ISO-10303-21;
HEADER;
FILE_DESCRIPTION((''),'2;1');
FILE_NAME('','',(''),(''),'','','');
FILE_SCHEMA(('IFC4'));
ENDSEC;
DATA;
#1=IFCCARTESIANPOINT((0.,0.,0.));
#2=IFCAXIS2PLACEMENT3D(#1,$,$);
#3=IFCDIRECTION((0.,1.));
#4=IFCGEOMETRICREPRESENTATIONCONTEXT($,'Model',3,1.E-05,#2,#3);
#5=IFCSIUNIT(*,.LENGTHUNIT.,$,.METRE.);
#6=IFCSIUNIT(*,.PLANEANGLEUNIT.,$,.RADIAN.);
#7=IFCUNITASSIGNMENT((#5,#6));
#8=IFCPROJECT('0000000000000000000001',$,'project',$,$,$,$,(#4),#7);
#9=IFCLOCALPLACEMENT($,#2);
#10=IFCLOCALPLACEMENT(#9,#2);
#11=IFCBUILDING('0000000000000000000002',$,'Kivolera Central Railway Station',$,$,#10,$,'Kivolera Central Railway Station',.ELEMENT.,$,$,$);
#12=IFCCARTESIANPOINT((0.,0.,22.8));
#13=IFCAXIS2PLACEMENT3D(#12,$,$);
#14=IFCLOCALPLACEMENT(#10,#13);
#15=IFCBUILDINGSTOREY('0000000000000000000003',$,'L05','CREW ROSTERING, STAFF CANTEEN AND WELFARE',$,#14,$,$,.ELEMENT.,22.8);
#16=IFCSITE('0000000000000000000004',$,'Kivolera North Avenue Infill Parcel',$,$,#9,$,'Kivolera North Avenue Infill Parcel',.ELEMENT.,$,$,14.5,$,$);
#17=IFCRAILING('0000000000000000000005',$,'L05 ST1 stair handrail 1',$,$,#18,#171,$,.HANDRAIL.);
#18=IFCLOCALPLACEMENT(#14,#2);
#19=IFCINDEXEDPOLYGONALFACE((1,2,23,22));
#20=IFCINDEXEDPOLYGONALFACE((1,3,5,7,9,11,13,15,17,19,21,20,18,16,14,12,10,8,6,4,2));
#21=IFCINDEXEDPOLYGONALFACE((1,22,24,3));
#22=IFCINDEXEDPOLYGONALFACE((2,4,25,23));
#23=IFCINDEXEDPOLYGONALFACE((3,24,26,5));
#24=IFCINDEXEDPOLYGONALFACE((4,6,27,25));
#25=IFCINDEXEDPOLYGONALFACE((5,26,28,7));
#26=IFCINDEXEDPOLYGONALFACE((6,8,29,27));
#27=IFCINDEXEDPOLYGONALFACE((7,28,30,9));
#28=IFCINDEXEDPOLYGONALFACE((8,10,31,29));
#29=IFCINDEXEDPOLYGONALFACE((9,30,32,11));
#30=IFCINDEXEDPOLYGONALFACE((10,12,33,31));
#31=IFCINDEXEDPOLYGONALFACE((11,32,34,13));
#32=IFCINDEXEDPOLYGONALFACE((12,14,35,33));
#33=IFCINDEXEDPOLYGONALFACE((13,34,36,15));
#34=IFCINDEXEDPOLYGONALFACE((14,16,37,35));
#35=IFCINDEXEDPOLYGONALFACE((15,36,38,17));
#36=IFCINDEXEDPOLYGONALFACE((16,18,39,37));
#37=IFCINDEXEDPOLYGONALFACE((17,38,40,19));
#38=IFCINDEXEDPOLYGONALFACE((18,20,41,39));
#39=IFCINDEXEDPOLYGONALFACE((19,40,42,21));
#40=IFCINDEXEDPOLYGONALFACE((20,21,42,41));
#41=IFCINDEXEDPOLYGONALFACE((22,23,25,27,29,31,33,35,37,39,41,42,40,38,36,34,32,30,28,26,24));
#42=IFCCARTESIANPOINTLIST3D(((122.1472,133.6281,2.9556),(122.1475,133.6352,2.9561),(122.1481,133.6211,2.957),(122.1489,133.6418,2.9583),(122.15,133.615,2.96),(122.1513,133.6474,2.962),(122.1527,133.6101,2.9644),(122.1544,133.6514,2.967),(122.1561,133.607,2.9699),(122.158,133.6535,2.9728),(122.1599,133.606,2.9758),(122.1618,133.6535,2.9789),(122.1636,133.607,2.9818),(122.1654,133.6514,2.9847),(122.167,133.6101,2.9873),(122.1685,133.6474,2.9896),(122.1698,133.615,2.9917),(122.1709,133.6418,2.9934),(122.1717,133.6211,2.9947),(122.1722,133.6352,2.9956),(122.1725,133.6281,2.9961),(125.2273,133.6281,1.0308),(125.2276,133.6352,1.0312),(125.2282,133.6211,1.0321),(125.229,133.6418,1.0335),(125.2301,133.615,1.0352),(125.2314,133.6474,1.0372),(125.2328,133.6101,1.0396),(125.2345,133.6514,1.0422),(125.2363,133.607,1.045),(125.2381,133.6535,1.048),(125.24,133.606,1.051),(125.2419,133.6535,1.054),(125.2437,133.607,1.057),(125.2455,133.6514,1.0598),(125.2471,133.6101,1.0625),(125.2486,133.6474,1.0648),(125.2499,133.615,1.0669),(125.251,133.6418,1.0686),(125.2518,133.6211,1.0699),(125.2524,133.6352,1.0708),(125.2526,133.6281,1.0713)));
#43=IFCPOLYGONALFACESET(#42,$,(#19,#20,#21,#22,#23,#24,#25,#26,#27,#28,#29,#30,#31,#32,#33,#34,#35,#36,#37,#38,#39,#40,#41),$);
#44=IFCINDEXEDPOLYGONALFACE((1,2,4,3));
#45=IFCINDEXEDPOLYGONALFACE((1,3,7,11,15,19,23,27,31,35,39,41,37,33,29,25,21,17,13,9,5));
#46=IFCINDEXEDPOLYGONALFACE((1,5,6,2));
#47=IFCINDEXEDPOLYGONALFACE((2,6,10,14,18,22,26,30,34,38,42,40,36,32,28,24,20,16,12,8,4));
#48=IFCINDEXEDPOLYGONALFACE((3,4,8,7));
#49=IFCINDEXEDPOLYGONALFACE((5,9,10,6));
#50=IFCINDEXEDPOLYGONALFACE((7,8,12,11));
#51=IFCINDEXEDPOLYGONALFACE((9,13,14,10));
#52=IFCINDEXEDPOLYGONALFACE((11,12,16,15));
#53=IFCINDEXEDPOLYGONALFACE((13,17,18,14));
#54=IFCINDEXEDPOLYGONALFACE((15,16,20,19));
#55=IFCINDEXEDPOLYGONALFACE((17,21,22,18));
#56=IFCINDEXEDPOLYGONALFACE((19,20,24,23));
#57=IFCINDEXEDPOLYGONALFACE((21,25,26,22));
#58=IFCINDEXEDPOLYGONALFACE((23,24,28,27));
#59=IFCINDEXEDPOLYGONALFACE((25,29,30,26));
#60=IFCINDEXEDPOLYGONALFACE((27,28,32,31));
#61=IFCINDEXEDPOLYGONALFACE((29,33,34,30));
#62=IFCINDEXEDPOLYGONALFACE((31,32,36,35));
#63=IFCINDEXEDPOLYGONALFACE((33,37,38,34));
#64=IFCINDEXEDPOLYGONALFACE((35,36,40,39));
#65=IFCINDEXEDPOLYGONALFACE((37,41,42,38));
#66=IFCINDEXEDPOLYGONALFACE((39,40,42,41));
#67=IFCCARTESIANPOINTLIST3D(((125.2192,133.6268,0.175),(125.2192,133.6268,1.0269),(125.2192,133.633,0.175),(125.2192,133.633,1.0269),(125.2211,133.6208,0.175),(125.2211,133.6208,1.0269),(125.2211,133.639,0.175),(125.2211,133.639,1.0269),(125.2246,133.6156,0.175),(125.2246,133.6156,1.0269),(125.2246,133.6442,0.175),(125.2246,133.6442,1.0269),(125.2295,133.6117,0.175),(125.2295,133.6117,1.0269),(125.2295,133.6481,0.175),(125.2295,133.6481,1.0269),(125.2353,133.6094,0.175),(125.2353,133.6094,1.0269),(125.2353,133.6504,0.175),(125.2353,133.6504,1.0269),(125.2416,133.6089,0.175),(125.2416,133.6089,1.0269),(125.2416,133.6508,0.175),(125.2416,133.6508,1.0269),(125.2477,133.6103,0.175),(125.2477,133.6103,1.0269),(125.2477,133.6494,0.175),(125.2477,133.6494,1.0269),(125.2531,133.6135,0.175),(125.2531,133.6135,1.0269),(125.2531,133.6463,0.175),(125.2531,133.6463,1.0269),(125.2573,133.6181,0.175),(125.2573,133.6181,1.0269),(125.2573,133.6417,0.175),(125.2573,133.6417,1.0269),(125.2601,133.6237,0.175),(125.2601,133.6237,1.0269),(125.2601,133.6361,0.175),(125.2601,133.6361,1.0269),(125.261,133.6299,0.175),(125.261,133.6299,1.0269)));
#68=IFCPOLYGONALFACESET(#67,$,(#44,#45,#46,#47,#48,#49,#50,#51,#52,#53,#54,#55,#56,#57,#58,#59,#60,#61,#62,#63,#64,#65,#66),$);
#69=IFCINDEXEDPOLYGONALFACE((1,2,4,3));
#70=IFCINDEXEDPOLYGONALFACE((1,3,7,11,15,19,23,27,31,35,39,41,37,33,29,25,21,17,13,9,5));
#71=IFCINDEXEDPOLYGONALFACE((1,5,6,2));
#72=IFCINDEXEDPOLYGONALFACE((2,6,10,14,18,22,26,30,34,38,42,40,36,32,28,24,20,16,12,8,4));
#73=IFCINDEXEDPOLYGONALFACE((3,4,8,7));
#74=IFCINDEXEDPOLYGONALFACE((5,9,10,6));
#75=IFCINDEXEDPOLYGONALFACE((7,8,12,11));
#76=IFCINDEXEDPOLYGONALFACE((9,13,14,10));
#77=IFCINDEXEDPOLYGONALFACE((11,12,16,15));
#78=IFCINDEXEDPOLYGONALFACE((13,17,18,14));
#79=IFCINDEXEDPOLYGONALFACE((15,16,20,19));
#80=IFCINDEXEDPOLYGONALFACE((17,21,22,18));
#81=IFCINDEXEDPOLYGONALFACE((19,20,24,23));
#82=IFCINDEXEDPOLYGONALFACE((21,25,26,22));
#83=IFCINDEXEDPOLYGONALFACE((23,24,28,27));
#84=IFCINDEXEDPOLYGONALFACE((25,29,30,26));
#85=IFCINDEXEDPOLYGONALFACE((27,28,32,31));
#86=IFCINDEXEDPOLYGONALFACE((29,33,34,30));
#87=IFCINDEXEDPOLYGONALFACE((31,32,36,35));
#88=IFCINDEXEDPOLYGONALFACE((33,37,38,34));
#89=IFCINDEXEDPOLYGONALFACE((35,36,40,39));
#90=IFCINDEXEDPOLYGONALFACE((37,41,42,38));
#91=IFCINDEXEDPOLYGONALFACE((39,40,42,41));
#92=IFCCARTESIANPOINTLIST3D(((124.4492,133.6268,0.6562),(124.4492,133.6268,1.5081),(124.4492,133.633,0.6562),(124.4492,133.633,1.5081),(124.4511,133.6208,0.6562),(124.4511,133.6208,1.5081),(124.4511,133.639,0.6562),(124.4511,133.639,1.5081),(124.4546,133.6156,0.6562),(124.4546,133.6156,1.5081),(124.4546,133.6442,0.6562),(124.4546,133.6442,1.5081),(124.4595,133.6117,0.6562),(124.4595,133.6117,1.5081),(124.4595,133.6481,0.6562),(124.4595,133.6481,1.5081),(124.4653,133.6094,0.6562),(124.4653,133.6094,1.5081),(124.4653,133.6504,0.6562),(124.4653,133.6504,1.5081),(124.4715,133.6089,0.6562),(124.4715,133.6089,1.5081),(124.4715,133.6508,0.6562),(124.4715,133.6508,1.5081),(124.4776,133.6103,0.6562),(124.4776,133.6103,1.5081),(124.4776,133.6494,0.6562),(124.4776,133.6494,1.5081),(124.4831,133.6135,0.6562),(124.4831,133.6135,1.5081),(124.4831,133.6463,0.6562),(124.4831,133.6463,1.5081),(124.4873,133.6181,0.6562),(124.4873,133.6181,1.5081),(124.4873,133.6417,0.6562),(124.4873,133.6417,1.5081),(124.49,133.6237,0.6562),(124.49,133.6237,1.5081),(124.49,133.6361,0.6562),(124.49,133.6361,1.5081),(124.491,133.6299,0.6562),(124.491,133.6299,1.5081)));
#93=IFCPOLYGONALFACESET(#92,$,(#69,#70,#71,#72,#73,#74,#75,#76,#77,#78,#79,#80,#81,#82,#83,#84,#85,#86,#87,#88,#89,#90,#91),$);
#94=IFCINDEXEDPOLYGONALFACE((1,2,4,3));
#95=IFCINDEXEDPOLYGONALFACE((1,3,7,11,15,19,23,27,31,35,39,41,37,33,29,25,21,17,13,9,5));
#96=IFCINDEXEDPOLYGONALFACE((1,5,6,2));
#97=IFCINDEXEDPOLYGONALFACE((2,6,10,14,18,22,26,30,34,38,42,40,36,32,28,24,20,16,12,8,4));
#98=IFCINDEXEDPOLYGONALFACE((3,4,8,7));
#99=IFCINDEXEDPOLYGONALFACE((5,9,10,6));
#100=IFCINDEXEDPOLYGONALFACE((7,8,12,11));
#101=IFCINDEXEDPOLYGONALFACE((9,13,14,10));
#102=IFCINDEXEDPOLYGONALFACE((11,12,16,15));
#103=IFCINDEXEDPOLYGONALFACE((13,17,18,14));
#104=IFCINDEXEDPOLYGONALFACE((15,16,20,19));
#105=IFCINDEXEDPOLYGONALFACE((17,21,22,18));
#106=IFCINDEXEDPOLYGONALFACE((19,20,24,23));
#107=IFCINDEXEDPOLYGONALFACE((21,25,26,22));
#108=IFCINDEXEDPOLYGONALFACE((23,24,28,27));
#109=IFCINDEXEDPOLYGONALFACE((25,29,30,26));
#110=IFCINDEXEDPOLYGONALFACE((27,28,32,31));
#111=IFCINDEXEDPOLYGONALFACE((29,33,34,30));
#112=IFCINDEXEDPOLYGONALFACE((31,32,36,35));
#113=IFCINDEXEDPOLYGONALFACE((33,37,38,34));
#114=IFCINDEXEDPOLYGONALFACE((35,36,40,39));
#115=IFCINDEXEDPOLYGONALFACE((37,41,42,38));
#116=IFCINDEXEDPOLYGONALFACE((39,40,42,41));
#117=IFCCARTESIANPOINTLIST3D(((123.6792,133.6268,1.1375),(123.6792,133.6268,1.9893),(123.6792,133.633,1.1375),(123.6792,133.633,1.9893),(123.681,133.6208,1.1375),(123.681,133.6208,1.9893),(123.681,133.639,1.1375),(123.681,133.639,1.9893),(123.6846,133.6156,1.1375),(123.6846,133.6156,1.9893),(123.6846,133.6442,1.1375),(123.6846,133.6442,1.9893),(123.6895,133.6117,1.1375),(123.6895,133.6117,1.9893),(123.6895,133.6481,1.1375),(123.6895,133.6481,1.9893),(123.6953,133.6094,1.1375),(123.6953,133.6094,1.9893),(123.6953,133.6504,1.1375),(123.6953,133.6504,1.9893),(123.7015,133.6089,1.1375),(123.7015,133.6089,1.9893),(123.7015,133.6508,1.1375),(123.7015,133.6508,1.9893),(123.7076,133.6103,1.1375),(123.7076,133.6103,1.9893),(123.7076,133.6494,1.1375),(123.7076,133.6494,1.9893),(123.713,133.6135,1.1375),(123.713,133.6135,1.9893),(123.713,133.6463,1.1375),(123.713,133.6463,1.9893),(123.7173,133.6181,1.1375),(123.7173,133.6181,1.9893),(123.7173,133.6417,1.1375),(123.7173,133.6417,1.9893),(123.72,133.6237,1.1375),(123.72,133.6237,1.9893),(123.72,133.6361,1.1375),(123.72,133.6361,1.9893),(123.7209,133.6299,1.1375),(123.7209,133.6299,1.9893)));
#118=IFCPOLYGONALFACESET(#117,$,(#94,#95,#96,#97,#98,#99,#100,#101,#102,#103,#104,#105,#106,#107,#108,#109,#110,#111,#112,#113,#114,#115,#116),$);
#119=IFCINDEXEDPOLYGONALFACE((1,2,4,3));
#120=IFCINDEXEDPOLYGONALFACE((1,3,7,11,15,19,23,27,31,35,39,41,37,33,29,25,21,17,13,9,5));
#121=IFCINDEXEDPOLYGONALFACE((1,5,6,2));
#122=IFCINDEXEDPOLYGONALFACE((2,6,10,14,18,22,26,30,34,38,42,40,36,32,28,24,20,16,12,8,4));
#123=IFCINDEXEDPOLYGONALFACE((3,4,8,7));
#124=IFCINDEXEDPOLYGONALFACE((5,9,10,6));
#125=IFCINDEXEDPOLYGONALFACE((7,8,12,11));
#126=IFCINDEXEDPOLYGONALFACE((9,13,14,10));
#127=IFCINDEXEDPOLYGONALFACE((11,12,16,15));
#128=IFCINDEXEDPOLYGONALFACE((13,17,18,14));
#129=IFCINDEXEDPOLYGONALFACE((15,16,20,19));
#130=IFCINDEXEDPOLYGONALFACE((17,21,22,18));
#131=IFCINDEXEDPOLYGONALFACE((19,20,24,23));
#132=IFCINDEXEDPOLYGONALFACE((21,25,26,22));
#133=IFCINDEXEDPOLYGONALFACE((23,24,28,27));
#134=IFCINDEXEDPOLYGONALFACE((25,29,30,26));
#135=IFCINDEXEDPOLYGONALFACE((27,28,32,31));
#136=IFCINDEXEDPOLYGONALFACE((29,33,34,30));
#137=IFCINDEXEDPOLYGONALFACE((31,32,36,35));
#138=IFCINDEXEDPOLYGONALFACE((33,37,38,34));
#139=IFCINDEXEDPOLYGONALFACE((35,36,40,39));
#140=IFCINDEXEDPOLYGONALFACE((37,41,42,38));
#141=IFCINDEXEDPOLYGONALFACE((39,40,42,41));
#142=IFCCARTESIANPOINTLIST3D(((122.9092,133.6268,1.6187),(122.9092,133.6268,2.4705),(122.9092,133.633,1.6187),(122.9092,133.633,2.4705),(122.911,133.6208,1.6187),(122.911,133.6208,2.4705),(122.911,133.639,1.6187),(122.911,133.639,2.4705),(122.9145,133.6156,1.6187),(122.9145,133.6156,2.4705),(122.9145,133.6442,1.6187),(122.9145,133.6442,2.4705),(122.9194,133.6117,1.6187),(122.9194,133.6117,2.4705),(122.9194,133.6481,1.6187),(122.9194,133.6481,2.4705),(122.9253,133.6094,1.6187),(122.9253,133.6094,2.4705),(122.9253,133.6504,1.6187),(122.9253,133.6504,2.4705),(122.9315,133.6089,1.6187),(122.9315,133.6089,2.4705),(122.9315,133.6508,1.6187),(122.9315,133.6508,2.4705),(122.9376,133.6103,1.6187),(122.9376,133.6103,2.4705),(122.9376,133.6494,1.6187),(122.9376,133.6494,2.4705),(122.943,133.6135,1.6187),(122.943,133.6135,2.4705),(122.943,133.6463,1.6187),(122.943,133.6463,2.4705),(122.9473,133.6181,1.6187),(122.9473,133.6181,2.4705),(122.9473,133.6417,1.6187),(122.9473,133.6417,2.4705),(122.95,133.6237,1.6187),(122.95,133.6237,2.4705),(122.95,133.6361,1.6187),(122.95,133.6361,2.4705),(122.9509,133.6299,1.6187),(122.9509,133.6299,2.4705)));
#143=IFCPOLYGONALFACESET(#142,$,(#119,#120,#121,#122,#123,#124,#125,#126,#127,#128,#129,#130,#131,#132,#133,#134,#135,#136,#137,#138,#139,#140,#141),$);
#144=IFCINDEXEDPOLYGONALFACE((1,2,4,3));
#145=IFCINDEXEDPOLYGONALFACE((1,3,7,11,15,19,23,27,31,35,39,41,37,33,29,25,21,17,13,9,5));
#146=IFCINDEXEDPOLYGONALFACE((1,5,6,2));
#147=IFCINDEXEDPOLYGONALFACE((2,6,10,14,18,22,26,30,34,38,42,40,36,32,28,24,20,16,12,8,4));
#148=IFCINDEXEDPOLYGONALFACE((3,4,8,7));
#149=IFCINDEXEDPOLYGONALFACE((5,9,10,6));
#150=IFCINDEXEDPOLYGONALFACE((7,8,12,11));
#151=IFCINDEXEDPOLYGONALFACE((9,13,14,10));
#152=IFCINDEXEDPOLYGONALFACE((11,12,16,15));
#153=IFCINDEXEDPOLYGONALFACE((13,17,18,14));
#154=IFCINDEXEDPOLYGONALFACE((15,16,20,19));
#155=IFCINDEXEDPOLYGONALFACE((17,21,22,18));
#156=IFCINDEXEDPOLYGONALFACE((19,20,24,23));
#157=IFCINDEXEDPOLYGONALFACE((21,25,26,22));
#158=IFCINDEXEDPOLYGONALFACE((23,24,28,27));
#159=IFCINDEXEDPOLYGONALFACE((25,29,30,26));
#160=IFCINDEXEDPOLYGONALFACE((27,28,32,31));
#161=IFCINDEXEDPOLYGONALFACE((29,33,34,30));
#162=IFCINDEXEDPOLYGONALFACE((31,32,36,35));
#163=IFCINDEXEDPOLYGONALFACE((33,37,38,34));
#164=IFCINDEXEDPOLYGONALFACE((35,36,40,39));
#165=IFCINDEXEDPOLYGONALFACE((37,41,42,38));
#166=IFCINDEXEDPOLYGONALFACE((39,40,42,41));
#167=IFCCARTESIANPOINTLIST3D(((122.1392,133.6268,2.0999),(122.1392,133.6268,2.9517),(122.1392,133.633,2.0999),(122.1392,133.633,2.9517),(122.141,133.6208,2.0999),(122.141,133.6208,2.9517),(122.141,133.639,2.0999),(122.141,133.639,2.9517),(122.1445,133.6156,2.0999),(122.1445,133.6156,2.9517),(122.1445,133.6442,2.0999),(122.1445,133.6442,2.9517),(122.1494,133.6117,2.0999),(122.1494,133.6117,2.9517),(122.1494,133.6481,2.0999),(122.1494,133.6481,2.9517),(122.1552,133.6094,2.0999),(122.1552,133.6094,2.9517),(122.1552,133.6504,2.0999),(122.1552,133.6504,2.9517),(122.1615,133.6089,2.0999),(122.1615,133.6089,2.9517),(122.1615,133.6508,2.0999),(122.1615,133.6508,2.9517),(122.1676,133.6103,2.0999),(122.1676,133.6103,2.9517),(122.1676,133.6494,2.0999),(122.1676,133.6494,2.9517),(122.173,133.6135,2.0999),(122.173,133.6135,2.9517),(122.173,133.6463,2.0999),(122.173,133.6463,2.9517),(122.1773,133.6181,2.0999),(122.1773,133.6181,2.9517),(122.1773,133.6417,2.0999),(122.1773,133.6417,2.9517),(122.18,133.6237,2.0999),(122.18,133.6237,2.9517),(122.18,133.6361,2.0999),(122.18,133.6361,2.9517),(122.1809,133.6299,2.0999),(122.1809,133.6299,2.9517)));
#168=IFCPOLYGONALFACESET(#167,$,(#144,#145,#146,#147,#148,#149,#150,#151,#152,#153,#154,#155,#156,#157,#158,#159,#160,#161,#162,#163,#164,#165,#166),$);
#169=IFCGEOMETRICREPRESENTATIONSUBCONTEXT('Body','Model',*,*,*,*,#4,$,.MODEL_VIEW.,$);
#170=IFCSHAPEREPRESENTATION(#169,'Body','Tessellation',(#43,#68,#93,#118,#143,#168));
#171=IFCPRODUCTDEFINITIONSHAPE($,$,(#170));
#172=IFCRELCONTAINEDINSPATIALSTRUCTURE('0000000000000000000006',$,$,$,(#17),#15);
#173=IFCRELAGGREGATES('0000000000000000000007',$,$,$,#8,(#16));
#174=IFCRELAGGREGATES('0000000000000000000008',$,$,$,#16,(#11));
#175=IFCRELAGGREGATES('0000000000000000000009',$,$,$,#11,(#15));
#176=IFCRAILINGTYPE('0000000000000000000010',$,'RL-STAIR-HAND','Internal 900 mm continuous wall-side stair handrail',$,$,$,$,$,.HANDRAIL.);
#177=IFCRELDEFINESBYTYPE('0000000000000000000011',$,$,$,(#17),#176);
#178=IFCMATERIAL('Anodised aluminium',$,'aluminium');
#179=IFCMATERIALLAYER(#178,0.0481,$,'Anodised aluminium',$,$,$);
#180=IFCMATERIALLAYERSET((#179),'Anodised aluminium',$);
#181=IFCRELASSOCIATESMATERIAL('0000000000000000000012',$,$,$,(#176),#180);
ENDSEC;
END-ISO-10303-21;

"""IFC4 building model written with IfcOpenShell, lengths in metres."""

from ifc_helpers import new_model, si_unit, direction, frame, origin, origin_2d, place, context, subcontext, project, spatial, circle, extrude, material, layer, layer_set, type_object, element, save


model = new_model("IFC4")

# Units and contexts
model_context = context("Model", 3, precision=1e-05, world=origin(), true_north=direction((0.0, 1.0)))
body_context = subcontext(model_context, "Body", "Model", "MODEL_VIEW")
ifc_project = project(units=[si_unit("LENGTHUNIT", "METRE"), si_unit("PLANEANGLEUNIT", "RADIAN")], contexts=[model_context])

# Site, building, storey
site_placement = place(None, origin())
site = spatial("IfcSite", under=ifc_project, at=site_placement, Name="Kivolera North Avenue Infill Parcel", LongName="Kivolera North Avenue Infill Parcel", CompositionType="ELEMENT", RefElevation=14.5)
building_placement = place(site_placement, origin())
building = spatial("IfcBuilding", under=site, at=building_placement, Name="Kivolera Central Railway Station", LongName="Kivolera Central Railway Station", CompositionType="ELEMENT")
storey_placement = place(building_placement, frame((0.0, 0.0, 22.8)))
storey = spatial("IfcBuildingStorey", under=building, at=storey_placement, Name="L05", Description="CREW ROSTERING, STAFF CANTEEN AND WELFARE", CompositionType="ELEMENT", Elevation=22.8)

# Shared definitions
ifc_material_1 = material(Name="Anodised aluminium", Category="aluminium")

# Railing
ifc_layer_1 = layer(ifc_material_1, 0.0481, Name="Anodised aluminium")
ifc_layer_set_1 = layer_set([ifc_layer_1], Name="Anodised aluminium")
railing_type_1 = type_object("IfcRailingType", Name="RL-STAIR-HAND", Description="Internal 900 mm continuous wall-side stair handrail", PredefinedType="HANDRAIL", material=ifc_layer_set_1)
railing_1_placement = place(storey_placement, frame((125.24, 133.6299, 0.175)))
element("IfcRailing", 1, at=railing_1_placement, inside=storey, type_object=railing_type_1, Name="L05 ST1 stair handrail 1", PredefinedType="HANDRAIL", context=body_context, shape_type="SweptSolid", body=[
    extrude(circle(Radius=0.0239, at=origin_2d()), frame((0.0, 0.0, 0.876), z_axis=(-0.848029, 0.0, 0.529951), x_axis=(0.0, -1.0, 0.0)), (0.0, 0.0, 1.0), 3.6321),
    extrude(circle(Radius=0.021, at=origin_2d()), origin(), (0.0, 0.0, 1.0), 0.8518),
    extrude(circle(Radius=0.021, at=origin_2d()), frame((-0.77, 0.0, 0.4812)), (0.0, 0.0, 1.0), 0.8518),
    extrude(circle(Radius=0.021, at=origin_2d()), frame((-1.54, 0.0, 0.9624)), (0.0, 0.0, 1.0), 0.8518),
    extrude(circle(Radius=0.021, at=origin_2d()), frame((-2.3101, 0.0, 1.4436)), (0.0, 0.0, 1.0), 0.8518),
    extrude(circle(Radius=0.021, at=origin_2d()), frame((-3.0801, 0.0, 1.9248)), (0.0, 0.0, 1.0), 0.8518),
])

save(model, "model.ifc")
